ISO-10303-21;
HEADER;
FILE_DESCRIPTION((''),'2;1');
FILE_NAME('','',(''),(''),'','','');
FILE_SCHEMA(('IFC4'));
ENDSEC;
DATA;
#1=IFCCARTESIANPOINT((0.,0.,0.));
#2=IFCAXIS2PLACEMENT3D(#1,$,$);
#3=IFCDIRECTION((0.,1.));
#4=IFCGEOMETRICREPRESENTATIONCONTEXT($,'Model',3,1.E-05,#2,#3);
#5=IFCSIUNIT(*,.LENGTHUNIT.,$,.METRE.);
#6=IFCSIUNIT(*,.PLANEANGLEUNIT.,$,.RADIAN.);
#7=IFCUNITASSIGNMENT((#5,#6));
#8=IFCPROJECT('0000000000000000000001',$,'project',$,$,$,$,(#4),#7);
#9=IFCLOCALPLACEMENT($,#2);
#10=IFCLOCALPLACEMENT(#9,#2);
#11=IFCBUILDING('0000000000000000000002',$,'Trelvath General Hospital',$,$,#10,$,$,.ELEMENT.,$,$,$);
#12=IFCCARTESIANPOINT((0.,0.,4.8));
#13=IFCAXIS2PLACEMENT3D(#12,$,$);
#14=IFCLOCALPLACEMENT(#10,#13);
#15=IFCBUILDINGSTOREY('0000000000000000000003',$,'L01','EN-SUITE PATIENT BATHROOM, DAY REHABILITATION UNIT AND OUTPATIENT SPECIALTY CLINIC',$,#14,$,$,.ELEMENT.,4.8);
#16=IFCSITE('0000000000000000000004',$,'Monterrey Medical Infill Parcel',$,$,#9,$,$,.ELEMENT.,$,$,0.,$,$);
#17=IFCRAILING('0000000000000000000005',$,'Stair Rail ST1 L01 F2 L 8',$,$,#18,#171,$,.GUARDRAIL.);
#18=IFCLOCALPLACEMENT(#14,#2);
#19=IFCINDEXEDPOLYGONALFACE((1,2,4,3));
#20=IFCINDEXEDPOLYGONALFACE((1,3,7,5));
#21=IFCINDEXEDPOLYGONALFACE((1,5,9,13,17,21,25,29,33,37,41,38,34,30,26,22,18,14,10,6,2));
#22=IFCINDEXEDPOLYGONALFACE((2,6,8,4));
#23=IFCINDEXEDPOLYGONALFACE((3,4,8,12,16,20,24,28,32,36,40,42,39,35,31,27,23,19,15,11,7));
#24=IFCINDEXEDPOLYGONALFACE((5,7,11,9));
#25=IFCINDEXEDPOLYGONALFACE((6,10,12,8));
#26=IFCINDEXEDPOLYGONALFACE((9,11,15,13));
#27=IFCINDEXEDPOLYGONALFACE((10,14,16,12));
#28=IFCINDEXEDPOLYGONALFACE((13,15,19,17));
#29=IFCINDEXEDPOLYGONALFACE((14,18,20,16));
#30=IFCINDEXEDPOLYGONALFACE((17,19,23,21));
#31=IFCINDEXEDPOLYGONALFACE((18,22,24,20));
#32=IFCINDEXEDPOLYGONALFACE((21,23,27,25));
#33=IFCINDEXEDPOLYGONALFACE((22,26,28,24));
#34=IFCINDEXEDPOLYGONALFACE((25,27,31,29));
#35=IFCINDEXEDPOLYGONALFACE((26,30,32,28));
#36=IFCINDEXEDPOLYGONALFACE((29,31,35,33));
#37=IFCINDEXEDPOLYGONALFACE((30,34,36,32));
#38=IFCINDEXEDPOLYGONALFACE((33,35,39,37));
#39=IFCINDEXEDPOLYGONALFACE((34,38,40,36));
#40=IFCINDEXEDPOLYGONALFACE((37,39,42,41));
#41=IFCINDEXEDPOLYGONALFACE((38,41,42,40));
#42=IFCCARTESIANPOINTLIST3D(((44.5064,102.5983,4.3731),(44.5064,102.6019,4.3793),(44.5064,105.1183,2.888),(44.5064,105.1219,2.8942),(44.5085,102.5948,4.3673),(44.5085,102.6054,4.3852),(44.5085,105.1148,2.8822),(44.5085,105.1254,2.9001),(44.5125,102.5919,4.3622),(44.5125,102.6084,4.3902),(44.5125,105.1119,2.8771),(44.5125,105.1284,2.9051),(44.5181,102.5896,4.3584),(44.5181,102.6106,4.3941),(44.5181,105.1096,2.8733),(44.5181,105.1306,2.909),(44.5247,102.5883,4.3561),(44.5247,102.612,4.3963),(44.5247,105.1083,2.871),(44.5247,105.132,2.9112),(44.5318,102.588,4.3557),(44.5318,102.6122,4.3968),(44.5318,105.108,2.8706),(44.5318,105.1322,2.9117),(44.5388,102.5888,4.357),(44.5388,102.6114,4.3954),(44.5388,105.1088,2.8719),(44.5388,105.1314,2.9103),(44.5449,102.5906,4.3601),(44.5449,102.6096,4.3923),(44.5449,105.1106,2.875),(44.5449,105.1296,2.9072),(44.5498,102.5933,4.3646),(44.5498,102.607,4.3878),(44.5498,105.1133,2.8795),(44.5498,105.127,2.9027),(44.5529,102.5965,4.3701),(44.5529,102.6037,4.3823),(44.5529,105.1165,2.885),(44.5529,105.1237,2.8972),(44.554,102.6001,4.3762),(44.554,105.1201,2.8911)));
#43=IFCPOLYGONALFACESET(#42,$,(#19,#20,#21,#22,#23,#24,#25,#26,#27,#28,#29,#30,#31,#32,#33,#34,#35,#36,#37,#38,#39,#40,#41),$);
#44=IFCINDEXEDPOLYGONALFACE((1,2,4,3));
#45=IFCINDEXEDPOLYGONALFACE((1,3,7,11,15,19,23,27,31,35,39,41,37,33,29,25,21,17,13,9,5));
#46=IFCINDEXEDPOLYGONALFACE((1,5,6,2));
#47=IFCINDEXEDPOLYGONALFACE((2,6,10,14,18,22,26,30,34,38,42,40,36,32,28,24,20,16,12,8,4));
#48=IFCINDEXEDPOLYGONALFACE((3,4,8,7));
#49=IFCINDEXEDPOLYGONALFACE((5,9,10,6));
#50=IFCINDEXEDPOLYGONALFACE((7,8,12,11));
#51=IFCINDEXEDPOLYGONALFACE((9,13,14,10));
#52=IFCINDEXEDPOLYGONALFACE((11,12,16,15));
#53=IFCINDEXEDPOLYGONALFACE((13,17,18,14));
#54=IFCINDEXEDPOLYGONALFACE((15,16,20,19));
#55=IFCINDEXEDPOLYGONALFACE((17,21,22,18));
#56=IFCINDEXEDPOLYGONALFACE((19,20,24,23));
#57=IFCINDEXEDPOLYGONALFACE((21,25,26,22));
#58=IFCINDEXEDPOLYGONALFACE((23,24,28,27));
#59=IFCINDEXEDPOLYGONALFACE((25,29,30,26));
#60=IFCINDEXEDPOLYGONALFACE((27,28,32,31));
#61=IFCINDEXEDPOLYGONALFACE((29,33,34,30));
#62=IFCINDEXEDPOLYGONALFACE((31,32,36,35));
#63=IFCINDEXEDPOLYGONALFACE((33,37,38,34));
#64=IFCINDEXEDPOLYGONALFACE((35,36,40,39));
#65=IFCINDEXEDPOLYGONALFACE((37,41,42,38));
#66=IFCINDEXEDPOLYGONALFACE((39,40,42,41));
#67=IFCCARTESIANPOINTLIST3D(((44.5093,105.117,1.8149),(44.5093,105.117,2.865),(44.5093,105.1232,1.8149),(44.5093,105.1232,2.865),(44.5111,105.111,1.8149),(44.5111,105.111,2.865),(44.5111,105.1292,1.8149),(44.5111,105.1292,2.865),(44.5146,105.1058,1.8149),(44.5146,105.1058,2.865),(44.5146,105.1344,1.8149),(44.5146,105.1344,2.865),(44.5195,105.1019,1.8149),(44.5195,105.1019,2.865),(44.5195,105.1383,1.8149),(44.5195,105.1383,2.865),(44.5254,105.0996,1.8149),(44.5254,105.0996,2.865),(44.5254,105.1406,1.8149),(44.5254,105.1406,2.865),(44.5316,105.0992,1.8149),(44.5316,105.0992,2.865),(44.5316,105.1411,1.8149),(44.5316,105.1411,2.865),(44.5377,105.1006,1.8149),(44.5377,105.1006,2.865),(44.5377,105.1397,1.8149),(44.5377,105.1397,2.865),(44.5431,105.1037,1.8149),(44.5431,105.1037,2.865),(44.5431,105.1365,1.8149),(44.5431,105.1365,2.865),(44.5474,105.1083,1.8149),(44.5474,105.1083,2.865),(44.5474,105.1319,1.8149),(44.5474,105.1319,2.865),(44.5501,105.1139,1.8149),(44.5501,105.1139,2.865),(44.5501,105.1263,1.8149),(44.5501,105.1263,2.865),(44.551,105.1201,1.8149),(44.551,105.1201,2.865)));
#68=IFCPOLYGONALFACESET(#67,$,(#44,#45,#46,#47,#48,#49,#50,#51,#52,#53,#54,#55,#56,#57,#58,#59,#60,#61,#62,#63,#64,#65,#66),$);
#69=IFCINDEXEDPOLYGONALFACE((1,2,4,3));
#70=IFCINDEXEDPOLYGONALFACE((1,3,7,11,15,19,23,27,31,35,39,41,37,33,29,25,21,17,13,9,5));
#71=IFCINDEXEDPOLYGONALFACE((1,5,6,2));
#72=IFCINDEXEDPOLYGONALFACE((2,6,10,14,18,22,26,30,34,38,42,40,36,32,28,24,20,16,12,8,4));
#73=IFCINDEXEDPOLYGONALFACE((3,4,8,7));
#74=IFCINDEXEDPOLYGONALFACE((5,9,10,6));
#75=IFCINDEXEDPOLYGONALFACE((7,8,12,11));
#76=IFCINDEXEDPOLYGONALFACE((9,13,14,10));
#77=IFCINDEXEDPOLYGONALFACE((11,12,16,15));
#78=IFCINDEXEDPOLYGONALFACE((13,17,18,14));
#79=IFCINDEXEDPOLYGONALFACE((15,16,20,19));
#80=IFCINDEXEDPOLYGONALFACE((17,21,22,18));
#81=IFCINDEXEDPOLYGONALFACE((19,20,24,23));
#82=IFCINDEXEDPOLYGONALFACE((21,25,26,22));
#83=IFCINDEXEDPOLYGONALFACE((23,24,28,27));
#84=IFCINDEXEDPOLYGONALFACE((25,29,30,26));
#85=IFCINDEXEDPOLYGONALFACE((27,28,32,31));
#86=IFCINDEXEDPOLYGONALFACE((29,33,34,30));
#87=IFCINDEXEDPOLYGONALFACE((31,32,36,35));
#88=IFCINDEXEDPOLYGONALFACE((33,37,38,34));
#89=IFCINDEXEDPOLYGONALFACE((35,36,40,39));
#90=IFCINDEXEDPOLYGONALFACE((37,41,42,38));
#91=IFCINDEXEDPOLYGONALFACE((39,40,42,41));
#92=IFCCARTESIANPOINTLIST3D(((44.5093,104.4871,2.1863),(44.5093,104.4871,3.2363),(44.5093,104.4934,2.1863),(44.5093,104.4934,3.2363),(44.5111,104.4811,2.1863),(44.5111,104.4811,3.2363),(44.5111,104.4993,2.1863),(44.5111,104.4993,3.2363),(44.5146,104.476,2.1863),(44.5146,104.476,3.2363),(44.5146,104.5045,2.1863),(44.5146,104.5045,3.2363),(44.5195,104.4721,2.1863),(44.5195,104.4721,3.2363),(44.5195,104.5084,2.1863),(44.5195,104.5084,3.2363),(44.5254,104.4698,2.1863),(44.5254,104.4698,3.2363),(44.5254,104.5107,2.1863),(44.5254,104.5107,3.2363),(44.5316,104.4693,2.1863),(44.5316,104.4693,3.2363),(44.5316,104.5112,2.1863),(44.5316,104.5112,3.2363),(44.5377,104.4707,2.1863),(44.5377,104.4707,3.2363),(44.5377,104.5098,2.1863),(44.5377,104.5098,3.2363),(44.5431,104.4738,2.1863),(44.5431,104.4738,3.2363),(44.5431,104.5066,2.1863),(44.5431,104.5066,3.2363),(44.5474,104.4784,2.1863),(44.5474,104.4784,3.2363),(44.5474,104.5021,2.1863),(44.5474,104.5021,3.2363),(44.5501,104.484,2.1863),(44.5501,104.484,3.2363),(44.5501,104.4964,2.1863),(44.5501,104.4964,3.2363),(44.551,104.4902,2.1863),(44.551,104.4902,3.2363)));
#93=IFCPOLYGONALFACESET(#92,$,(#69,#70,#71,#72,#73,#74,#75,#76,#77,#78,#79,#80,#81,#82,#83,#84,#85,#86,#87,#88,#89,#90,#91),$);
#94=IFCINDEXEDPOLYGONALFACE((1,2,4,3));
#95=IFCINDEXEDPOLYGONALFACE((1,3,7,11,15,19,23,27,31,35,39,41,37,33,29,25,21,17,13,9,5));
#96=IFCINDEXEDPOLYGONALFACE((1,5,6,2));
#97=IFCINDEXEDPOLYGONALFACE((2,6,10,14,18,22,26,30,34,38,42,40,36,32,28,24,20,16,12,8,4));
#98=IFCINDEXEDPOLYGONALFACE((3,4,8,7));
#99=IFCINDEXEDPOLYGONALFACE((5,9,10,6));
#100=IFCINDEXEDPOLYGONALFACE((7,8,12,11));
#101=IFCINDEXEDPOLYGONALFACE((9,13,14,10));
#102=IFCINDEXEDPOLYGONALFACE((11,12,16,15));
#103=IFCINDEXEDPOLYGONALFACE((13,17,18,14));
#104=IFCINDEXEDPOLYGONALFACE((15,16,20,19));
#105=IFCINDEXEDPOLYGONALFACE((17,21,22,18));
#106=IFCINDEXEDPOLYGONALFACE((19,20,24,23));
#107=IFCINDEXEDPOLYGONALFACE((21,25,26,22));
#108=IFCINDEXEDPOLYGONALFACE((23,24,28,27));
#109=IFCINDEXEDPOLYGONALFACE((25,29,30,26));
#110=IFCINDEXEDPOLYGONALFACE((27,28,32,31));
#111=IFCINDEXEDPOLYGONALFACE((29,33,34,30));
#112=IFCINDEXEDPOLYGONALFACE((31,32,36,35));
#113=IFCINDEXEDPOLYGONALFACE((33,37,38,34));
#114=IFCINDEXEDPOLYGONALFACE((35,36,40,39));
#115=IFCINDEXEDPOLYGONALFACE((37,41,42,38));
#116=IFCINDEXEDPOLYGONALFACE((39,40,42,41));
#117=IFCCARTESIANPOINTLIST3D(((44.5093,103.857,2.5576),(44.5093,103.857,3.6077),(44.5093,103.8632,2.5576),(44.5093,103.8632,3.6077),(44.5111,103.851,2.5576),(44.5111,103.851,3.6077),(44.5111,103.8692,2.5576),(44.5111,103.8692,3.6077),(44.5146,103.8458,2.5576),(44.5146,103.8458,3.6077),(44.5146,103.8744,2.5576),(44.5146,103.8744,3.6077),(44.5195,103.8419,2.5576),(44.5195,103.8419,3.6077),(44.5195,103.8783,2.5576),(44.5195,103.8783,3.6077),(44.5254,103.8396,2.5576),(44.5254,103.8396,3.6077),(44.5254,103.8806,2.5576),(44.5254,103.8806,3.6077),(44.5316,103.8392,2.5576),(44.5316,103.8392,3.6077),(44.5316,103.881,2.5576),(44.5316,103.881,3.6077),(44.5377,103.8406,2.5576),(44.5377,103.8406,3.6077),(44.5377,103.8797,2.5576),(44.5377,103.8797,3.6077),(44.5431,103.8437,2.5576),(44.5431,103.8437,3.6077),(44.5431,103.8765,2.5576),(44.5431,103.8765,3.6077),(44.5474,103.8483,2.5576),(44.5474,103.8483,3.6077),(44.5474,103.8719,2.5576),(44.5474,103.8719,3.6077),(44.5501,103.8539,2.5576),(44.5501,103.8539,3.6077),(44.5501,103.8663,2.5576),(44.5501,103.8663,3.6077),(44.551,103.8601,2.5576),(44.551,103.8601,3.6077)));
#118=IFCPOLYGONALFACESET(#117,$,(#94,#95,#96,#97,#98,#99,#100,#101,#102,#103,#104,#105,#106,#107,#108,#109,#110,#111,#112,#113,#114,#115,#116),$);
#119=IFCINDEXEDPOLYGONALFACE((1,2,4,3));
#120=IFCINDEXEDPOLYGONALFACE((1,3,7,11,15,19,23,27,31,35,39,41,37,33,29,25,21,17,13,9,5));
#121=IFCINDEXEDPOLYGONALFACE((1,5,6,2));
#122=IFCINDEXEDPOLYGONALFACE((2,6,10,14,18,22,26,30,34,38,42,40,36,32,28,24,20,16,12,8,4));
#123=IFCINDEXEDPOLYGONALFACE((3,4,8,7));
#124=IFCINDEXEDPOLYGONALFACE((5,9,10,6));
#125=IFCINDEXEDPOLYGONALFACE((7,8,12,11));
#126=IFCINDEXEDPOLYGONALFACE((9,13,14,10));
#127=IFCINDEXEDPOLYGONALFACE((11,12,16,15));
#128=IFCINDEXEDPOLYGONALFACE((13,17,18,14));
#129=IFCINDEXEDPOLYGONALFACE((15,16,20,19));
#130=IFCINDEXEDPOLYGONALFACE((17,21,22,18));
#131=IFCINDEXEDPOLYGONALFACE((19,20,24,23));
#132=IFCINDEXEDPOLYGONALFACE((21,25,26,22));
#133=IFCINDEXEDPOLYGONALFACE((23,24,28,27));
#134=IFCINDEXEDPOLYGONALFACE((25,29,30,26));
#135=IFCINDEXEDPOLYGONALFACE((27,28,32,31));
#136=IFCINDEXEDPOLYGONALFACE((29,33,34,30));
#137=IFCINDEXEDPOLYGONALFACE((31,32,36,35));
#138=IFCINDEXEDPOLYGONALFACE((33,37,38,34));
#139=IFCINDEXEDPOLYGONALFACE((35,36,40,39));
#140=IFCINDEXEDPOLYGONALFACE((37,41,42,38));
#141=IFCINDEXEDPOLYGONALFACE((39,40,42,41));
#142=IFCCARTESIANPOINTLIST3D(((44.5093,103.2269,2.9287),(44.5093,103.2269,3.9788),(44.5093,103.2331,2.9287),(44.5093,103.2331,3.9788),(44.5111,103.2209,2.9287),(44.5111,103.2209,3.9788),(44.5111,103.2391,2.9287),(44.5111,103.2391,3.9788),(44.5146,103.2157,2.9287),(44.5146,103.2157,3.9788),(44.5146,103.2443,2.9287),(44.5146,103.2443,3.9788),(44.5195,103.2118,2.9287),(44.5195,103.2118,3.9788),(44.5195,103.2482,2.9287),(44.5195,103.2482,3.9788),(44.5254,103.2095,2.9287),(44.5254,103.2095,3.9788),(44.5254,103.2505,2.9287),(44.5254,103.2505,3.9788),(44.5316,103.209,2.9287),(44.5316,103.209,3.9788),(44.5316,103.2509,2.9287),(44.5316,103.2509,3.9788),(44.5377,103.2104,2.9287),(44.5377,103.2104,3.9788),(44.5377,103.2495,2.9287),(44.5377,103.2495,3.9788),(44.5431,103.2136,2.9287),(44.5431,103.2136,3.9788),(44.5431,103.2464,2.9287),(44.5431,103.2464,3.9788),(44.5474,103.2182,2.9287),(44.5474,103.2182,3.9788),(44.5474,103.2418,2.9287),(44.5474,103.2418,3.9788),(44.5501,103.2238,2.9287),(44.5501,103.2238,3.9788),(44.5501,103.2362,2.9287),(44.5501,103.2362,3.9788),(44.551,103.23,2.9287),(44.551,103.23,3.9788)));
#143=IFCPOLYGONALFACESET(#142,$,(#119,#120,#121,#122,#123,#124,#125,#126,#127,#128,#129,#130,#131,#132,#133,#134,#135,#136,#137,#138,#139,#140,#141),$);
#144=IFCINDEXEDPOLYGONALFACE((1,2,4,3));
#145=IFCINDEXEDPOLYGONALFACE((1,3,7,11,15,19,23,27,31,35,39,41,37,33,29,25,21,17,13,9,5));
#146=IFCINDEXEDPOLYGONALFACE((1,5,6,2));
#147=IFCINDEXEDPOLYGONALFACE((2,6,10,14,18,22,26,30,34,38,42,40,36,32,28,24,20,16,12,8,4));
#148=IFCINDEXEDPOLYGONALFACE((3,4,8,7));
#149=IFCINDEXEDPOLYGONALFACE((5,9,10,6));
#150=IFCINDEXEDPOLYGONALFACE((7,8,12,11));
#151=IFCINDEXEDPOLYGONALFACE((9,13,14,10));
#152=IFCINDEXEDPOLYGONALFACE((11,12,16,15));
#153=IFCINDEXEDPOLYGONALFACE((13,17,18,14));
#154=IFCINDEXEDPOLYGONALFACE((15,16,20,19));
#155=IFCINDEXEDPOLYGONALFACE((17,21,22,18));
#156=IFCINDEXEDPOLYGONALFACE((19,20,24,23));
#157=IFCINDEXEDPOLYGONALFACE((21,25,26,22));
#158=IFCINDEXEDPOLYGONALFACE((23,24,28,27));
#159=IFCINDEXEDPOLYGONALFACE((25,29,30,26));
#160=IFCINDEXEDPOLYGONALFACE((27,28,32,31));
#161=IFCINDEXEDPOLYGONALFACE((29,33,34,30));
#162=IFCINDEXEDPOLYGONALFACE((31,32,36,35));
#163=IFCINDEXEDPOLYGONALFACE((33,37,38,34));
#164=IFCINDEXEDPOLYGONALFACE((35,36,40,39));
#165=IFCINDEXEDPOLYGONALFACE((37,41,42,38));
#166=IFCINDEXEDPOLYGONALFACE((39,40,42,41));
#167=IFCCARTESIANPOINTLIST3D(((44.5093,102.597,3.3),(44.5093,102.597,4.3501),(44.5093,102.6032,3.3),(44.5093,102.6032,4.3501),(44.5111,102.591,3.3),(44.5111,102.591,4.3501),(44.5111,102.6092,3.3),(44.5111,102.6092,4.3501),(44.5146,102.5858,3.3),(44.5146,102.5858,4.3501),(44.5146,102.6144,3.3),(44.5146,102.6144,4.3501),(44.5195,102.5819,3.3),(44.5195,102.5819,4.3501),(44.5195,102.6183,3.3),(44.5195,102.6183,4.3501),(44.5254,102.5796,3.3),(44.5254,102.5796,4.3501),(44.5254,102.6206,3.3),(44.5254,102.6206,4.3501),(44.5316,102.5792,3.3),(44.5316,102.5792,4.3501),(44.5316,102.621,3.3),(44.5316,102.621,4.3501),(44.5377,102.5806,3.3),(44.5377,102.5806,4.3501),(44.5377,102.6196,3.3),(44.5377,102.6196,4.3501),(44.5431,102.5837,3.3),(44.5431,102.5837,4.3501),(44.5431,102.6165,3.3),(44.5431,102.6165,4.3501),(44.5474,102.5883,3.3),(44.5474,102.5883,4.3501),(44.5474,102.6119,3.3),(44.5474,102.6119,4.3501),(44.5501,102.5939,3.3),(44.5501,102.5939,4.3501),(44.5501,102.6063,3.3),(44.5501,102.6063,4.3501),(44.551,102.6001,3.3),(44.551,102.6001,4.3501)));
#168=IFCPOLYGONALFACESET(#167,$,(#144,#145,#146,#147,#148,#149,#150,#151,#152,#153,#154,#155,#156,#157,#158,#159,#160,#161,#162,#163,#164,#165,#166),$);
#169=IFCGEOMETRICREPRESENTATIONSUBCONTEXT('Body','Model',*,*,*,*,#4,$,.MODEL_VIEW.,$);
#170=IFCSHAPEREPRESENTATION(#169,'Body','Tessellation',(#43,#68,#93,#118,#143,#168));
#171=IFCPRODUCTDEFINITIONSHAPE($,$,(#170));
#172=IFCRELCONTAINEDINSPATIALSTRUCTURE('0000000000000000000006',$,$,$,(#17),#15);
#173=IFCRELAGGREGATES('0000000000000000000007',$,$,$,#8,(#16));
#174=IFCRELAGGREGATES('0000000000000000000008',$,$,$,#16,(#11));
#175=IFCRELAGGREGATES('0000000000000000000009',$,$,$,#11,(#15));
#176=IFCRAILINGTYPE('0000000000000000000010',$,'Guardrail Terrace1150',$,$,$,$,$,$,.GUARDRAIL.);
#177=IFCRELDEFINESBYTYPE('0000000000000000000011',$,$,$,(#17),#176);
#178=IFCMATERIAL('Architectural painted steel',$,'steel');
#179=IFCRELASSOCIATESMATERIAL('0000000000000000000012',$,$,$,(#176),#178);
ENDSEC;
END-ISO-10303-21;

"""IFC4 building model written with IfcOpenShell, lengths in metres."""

from ifc_helpers import new_model, si_unit, direction, frame, origin, origin_2d, place, context, subcontext, project, spatial, circle, extrude, material, type_object, element, save


model = new_model("IFC4")

# Units and contexts
model_context = context("Model", 3, precision=1e-05, world=origin(), true_north=direction((0.0, 1.0)))
body_context = subcontext(model_context, "Body", "Model", "MODEL_VIEW")
ifc_project = project(units=[si_unit("LENGTHUNIT", "METRE"), si_unit("PLANEANGLEUNIT", "RADIAN")], contexts=[model_context])

# Site, building, storey
site_placement = place(None, origin())
site = spatial("IfcSite", under=ifc_project, at=site_placement, Name="Monterrey Medical Infill Parcel", CompositionType="ELEMENT", RefElevation=0.0)
building_placement = place(site_placement, origin())
building = spatial("IfcBuilding", under=site, at=building_placement, Name="Trelvath General Hospital", CompositionType="ELEMENT")
storey_placement = place(building_placement, frame((0.0, 0.0, 4.8)))
storey = spatial("IfcBuildingStorey", under=building, at=storey_placement, Name="L01", Description="EN-SUITE PATIENT BATHROOM, DAY REHABILITATION UNIT AND OUTPATIENT SPECIALTY CLINIC", CompositionType="ELEMENT", Elevation=4.8)

# Railing
ifc_material_1 = material(Name="Architectural painted steel", Category="steel")
railing_type_1 = type_object("IfcRailingType", Name="Guardrail Terrace1150", PredefinedType="GUARDRAIL", material=ifc_material_1)
railing_1_placement = place(storey_placement, frame((44.53, 105.1201, 1.8149)))
element("IfcRailing", 1, at=railing_1_placement, inside=storey, type_object=railing_type_1, Name="Stair Rail ST1 L01 F2 L 8", PredefinedType="GUARDRAIL", context=body_context, shape_type="SweptSolid", body=[
    extrude(circle(Radius=0.0239, at=origin_2d()), frame((0.0, 0.0, 1.0762), z_axis=(0.0, -0.861524, 0.507717), x_axis=(1.0, 0.0, 0.0)), (0.0, 0.0, 1.0), 2.925),
    extrude(circle(Radius=0.021, at=origin_2d()), origin(), (0.0, 0.0, 1.0), 1.05),
    extrude(circle(Radius=0.021, at=origin_2d()), frame((0.0, -0.6299, 0.3713)), (0.0, 0.0, 1.0), 1.05),
    extrude(circle(Radius=0.021, at=origin_2d()), frame((0.0, -1.26, 0.7427)), (0.0, 0.0, 1.0), 1.05),
    extrude(circle(Radius=0.021, at=origin_2d()), frame((0.0, -1.8901, 1.1138)), (0.0, 0.0, 1.0), 1.05),
    extrude(circle(Radius=0.021, at=origin_2d()), frame((0.0, -2.52, 1.4851)), (0.0, 0.0, 1.0), 1.05),
])

save(model, "model.ifc")
